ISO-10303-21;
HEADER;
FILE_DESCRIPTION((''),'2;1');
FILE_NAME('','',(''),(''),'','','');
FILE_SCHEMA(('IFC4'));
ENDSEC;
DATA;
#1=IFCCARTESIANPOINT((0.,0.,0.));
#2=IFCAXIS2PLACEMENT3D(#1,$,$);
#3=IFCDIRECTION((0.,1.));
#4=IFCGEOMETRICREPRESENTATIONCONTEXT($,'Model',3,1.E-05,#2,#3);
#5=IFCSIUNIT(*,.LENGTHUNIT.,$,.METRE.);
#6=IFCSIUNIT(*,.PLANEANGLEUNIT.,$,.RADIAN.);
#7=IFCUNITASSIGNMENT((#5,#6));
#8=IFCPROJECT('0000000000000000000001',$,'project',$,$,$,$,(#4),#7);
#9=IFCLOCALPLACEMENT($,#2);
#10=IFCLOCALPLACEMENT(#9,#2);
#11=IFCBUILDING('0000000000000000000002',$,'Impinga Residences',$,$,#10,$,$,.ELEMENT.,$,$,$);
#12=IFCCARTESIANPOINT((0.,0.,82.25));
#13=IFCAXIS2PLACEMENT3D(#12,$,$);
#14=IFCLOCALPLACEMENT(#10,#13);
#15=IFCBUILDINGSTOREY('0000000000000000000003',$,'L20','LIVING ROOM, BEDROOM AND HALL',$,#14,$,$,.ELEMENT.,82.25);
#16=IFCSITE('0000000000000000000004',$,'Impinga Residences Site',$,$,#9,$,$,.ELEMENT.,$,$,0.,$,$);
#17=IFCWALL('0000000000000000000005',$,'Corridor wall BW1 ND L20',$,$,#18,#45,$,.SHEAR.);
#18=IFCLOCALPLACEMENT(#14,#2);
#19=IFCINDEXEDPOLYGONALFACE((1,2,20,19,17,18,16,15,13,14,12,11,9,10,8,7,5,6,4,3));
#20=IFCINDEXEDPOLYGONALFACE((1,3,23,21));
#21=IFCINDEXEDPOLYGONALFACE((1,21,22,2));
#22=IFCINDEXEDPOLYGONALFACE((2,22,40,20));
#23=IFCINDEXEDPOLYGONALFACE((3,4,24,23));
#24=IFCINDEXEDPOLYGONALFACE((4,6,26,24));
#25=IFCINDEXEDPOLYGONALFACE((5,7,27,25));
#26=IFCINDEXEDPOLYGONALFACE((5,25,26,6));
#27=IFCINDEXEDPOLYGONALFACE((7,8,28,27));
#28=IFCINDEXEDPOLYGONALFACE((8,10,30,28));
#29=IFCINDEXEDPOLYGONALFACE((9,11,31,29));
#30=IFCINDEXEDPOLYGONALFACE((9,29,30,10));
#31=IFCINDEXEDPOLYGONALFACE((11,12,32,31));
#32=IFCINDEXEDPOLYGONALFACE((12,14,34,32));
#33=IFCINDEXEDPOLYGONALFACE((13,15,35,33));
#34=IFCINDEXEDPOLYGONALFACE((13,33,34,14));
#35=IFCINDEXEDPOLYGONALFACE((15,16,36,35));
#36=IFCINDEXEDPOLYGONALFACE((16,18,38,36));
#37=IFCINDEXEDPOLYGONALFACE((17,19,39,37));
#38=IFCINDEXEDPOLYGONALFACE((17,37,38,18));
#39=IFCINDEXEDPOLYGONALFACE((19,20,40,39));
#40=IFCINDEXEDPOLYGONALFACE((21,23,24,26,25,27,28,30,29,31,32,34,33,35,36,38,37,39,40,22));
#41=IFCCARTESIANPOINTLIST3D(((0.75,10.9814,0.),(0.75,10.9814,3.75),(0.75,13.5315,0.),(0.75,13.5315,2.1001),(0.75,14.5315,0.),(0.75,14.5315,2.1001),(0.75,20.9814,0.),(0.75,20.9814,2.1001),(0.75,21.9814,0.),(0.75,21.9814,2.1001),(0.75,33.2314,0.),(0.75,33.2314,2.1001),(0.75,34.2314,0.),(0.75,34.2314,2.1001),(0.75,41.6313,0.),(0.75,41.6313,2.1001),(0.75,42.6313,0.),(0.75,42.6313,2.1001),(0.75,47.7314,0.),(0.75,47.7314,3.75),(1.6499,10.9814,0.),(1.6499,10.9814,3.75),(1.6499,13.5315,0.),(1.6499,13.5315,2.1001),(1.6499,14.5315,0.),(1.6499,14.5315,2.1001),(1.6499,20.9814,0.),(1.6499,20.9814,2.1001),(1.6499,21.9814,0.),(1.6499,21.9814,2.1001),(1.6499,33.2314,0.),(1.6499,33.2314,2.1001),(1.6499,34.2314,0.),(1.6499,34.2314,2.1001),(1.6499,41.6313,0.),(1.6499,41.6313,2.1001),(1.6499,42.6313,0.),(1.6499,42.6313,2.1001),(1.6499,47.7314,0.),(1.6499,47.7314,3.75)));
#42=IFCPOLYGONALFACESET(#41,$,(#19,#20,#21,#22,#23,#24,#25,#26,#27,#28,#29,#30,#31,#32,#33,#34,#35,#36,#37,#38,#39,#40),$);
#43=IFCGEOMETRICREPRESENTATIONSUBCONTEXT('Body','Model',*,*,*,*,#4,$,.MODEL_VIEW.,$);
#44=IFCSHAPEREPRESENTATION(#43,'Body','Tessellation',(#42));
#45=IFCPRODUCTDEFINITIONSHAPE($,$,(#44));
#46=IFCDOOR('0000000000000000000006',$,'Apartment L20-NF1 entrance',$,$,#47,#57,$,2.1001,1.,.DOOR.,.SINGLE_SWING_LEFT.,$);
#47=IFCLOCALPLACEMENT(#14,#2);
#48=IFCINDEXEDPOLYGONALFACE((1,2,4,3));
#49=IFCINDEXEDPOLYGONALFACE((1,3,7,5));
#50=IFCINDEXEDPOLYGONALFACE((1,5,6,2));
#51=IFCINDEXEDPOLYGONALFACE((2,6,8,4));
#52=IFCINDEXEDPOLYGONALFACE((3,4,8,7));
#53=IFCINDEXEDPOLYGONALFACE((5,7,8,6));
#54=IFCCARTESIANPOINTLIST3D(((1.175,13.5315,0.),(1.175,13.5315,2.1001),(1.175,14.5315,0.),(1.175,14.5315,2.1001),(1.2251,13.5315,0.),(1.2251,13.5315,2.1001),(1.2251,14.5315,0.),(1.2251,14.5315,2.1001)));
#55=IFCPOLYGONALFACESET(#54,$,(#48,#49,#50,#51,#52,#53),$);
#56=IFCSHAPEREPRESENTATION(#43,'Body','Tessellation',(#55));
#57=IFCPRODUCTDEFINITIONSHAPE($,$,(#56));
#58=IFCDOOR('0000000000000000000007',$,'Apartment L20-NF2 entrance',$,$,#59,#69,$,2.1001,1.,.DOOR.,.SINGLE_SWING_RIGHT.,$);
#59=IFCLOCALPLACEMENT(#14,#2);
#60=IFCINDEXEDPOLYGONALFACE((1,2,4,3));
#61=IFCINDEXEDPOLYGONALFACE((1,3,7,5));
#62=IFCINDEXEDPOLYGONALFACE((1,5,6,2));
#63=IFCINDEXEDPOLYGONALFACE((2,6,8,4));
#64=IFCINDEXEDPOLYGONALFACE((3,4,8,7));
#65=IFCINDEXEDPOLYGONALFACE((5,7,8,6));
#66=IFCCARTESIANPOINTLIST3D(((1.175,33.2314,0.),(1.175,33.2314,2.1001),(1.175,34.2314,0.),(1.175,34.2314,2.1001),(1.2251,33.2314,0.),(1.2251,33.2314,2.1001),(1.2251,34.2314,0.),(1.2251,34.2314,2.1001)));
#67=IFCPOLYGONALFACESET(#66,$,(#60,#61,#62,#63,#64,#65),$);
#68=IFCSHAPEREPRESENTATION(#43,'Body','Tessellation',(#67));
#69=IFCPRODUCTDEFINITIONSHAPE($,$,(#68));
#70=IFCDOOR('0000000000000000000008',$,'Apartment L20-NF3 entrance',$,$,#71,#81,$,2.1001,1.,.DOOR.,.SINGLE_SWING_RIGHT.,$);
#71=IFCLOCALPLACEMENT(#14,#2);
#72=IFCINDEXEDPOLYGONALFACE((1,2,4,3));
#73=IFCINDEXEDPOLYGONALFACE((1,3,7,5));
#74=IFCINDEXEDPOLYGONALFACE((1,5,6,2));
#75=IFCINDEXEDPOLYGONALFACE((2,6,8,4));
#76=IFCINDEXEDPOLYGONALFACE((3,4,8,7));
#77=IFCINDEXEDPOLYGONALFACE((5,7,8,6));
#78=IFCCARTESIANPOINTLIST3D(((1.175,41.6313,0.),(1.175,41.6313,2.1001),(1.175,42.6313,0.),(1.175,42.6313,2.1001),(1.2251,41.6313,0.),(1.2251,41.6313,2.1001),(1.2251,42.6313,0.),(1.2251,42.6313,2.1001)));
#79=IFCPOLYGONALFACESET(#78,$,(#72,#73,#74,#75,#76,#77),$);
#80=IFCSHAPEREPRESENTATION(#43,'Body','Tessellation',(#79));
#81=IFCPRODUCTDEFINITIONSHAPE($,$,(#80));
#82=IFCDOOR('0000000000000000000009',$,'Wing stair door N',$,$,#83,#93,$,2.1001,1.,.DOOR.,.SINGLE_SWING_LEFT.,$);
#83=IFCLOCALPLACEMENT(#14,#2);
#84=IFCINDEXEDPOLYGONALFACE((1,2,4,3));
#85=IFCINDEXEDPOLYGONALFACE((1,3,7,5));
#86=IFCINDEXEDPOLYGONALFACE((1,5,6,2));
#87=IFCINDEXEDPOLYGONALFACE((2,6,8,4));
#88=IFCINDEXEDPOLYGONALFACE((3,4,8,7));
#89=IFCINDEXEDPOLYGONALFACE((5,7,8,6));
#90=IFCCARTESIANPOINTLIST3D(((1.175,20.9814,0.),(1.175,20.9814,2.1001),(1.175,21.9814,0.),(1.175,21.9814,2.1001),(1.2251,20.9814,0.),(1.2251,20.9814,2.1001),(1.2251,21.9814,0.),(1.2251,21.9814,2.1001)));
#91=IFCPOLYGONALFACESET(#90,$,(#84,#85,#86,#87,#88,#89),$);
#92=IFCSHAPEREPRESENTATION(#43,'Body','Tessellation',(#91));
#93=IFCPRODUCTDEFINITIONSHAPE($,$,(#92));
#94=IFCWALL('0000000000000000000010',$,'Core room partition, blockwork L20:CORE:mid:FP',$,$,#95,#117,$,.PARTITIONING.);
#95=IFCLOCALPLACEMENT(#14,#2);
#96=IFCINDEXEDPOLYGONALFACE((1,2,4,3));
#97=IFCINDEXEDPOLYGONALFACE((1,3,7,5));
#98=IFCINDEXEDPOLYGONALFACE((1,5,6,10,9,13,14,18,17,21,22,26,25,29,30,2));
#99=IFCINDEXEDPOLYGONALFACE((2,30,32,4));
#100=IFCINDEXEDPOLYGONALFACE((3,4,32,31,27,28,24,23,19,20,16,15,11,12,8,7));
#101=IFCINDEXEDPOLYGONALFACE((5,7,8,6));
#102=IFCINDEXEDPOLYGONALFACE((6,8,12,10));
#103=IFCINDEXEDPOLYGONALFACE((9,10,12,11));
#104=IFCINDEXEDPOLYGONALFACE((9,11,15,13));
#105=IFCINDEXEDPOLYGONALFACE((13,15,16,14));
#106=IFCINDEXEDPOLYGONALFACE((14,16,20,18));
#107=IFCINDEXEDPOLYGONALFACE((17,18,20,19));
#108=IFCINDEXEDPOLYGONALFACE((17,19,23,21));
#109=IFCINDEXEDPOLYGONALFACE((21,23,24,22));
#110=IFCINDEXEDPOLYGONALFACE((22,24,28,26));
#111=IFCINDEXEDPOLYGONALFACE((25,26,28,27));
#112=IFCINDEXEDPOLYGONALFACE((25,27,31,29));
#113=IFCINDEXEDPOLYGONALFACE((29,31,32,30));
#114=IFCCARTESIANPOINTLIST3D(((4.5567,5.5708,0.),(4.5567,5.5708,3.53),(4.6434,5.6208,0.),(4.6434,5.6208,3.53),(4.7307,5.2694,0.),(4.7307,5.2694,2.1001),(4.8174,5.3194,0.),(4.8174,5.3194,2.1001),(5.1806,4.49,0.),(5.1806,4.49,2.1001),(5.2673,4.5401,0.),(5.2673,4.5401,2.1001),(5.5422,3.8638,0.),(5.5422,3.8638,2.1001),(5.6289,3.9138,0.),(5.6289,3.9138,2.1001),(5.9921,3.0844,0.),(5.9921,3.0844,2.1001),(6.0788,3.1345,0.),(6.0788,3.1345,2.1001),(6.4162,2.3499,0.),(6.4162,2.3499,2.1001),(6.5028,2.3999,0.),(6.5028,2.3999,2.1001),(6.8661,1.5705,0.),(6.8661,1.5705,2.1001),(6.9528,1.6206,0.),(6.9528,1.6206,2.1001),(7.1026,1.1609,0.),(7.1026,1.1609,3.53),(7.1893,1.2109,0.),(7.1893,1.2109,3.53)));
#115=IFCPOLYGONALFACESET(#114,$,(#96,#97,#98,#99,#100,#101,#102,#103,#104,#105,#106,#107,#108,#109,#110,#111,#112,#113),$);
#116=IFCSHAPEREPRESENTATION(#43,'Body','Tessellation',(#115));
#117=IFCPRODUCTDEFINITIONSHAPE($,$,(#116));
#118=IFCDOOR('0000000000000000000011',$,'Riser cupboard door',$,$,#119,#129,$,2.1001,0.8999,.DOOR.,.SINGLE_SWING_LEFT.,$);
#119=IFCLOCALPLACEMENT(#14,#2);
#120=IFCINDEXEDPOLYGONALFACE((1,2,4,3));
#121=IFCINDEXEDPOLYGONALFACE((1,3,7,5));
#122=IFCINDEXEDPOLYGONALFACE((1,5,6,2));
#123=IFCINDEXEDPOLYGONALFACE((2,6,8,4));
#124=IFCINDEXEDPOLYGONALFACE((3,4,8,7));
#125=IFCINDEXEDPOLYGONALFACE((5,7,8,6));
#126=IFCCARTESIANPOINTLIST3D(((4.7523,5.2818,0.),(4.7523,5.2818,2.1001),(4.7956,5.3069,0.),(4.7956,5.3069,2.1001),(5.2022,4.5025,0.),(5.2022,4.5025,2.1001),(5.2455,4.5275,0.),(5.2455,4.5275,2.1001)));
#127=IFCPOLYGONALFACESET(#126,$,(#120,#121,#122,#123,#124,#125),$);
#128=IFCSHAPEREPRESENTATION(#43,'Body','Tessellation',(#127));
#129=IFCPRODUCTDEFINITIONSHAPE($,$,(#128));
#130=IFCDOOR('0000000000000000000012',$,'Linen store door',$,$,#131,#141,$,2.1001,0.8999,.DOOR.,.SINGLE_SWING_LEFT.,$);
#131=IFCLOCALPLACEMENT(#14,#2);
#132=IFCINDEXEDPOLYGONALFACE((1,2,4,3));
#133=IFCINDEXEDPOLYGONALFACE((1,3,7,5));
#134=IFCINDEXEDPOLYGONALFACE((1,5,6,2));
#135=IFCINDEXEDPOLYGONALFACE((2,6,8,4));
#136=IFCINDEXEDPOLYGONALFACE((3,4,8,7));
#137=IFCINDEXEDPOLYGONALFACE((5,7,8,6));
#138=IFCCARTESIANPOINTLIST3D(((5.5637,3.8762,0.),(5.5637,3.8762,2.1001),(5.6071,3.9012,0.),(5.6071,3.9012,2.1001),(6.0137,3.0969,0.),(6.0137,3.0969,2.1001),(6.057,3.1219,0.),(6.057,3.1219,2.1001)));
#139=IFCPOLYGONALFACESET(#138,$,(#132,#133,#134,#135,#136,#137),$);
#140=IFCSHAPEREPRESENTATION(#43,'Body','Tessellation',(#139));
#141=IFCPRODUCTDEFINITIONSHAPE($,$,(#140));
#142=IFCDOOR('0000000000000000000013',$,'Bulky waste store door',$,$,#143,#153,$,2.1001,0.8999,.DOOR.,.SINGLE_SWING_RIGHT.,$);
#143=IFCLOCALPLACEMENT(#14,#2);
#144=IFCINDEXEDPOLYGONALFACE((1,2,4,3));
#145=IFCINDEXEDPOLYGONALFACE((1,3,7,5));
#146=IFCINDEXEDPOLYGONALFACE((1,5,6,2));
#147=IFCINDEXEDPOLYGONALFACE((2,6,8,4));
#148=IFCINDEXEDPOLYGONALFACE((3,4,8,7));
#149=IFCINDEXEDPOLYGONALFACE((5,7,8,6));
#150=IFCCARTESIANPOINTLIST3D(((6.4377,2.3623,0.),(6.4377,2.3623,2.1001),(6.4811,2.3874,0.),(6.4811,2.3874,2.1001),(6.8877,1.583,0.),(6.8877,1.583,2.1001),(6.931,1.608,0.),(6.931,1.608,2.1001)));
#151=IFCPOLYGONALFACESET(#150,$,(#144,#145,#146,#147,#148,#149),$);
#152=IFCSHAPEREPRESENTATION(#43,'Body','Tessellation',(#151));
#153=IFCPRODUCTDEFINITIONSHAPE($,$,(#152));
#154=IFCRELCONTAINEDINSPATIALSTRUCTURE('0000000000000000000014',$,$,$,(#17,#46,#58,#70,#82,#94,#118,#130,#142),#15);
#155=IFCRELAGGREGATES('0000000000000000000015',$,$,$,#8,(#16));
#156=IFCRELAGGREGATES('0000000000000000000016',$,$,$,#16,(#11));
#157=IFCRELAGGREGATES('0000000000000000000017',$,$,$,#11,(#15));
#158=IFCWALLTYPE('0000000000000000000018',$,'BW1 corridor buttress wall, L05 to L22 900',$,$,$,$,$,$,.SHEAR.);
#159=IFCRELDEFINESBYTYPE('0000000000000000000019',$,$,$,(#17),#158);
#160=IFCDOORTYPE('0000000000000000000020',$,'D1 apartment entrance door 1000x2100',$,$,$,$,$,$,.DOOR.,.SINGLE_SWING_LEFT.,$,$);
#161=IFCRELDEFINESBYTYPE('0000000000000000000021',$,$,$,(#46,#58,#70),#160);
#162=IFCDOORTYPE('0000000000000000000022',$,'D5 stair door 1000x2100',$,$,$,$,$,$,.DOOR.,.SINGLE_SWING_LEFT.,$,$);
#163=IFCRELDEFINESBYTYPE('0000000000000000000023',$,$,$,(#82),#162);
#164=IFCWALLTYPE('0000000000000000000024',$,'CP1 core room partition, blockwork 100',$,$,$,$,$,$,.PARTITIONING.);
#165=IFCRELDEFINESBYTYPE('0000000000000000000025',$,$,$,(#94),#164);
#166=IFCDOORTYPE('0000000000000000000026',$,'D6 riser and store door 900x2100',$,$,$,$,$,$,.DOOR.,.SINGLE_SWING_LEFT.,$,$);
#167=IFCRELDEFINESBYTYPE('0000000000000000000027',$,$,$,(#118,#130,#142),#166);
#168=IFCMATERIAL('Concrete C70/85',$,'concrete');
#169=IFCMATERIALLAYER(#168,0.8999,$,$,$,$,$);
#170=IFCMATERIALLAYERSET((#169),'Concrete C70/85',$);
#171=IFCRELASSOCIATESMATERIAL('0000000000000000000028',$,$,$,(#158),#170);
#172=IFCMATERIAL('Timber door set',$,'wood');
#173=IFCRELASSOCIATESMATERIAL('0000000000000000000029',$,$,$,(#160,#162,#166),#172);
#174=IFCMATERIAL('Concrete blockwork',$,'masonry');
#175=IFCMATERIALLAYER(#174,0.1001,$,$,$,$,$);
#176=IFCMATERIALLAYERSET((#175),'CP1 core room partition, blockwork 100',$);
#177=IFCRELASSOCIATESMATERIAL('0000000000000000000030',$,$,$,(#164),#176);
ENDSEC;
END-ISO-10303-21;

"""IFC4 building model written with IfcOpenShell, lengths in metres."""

from ifc_helpers import new_model, si_unit, direction, frame, frame_2d, origin, place, context, subcontext, project, spatial, rectangle, extrude, material, layer, layer_set, type_object, element, fill, save


model = new_model("IFC4")

# Units and contexts
model_context = context("Model", 3, precision=1e-05, world=origin(), true_north=direction((0.0, 1.0)))
body_context = subcontext(model_context, "Body", "Model", "MODEL_VIEW")
ifc_project = project(units=[si_unit("LENGTHUNIT", "METRE"), si_unit("PLANEANGLEUNIT", "RADIAN")], contexts=[model_context])

# Site, building, storey
site_placement = place(None, origin())
site = spatial("IfcSite", under=ifc_project, at=site_placement, Name="Impinga Residences Site", CompositionType="ELEMENT", RefElevation=0.0)
building_placement = place(site_placement, origin())
building = spatial("IfcBuilding", under=site, at=building_placement, Name="Impinga Residences", CompositionType="ELEMENT")
storey_placement = place(building_placement, frame((0.0, 0.0, 82.25)))
storey = spatial("IfcBuildingStorey", under=building, at=storey_placement, Name="L20", Description="LIVING ROOM, BEDROOM AND HALL", CompositionType="ELEMENT", Elevation=82.25)

# Walls, openings, doors
ifc_material_1 = material(Name="Concrete C70/85", Category="concrete")
ifc_layer_1 = layer(ifc_material_1, 0.8999)
ifc_layer_set_1 = layer_set([ifc_layer_1], Name="Concrete C70/85")
wall_type_1 = type_object("IfcWallType", Name="BW1 corridor buttress wall, L05 to L22 900", PredefinedType="SHEAR", material=ifc_layer_set_1)
wall_1_placement = place(storey_placement, frame((1.2, 10.9814, 0.0), z_axis=(0.0, 0.0, 1.0), x_axis=(0.0, 1.0, 0.0)))
wall_1 = element("IfcWall", 1, at=wall_1_placement, inside=storey, type_object=wall_type_1, Name="Corridor wall BW1 ND L20", PredefinedType="SHEAR", context=body_context, shape_type="SweptSolid", body=[
    extrude(rectangle(XDim=36.75, YDim=0.8999, at=frame_2d((18.375, 0.0))), origin(), (0.0, 0.0, 1.0), 3.75),
])
opening_1_placement = place(wall_1_placement, frame((10.0, 0.0, 0.0)))
opening_1 = element("IfcOpeningElement", 2, at=opening_1_placement, cuts=wall_1, PredefinedType="OPENING", context=body_context, shape_type="SweptSolid", body=[
    extrude(rectangle(XDim=1.0, YDim=2.1001, at=frame_2d((0.5, 1.05))), frame((0.0, 0.46, 0.0), z_axis=(0.0, -1.0, 0.0), x_axis=(1.0, 0.0, 0.0)), (0.0, 0.0, 1.0), 0.9199),
])
opening_2_placement = place(wall_1_placement, frame((2.55, 0.0, 0.0)))
opening_2 = element("IfcOpeningElement", 3, at=opening_2_placement, cuts=wall_1, PredefinedType="OPENING", context=body_context, shape_type="SweptSolid", body=[
    extrude(rectangle(XDim=1.0, YDim=2.1001, at=frame_2d((0.5, 1.05))), frame((0.0, 0.46, 0.0), z_axis=(0.0, -1.0, 0.0), x_axis=(1.0, 0.0, 0.0)), (0.0, 0.0, 1.0), 0.9199),
])
opening_3_placement = place(wall_1_placement, frame((22.25, 0.0, 0.0)))
opening_3 = element("IfcOpeningElement", 4, at=opening_3_placement, cuts=wall_1, PredefinedType="OPENING", context=body_context, shape_type="SweptSolid", body=[
    extrude(rectangle(XDim=1.0, YDim=2.1001, at=frame_2d((0.5, 1.05))), frame((0.0, 0.46, 0.0), z_axis=(0.0, -1.0, 0.0), x_axis=(1.0, 0.0, 0.0)), (0.0, 0.0, 1.0), 0.9199),
])
opening_4_placement = place(wall_1_placement, frame((30.6499, 0.0, 0.0)))
opening_4 = element("IfcOpeningElement", 5, at=opening_4_placement, cuts=wall_1, PredefinedType="OPENING", context=body_context, shape_type="SweptSolid", body=[
    extrude(rectangle(XDim=1.0, YDim=2.1001, at=frame_2d((0.5, 1.05))), frame((0.0, 0.46, 0.0), z_axis=(0.0, -1.0, 0.0), x_axis=(1.0, 0.0, 0.0)), (0.0, 0.0, 1.0), 0.9199),
])
ifc_material_2 = material(Name="Timber door set", Category="wood")
door_type_1 = type_object("IfcDoorType", Name="D1 apartment entrance door 1000x2100", OperationType="SINGLE_SWING_LEFT", PredefinedType="DOOR", material=ifc_material_2)
door_1_placement = place(opening_2_placement, origin())
door_1 = element("IfcDoor", 6, at=door_1_placement, inside=storey, type_object=door_type_1, Name="Apartment L20-NF1 entrance", OperationType="SINGLE_SWING_LEFT", OverallHeight=2.1001, OverallWidth=1.0, PredefinedType="DOOR", context=body_context, shape_type="SweptSolid", body=[
    extrude(rectangle(XDim=1.0, YDim=2.1001, at=frame_2d((0.5, 1.05))), frame((0.0, 0.0249, 0.0), z_axis=(0.0, -1.0, 0.0), x_axis=(1.0, 0.0, 0.0)), (0.0, 0.0, 1.0), 0.05),
])
fill(opening_2, door_1)
door_2_placement = place(opening_3_placement, origin())
door_2 = element("IfcDoor", 7, at=door_2_placement, inside=storey, type_object=door_type_1, Name="Apartment L20-NF2 entrance", OperationType="SINGLE_SWING_RIGHT", OverallHeight=2.1001, OverallWidth=1.0, PredefinedType="DOOR", context=body_context, shape_type="SweptSolid", body=[
    extrude(rectangle(XDim=1.0, YDim=2.1001, at=frame_2d((0.5, 1.05))), frame((0.0, 0.0249, 0.0), z_axis=(0.0, -1.0, 0.0), x_axis=(1.0, 0.0, 0.0)), (0.0, 0.0, 1.0), 0.05),
])
fill(opening_3, door_2)
door_3_placement = place(opening_4_placement, origin())
door_3 = element("IfcDoor", 8, at=door_3_placement, inside=storey, type_object=door_type_1, Name="Apartment L20-NF3 entrance", OperationType="SINGLE_SWING_RIGHT", OverallHeight=2.1001, OverallWidth=1.0, PredefinedType="DOOR", context=body_context, shape_type="SweptSolid", body=[
    extrude(rectangle(XDim=1.0, YDim=2.1001, at=frame_2d((0.5, 1.05))), frame((0.0, 0.0249, 0.0), z_axis=(0.0, -1.0, 0.0), x_axis=(1.0, 0.0, 0.0)), (0.0, 0.0, 1.0), 0.05),
])
fill(opening_4, door_3)
door_type_2 = type_object("IfcDoorType", Name="D5 stair door 1000x2100", OperationType="SINGLE_SWING_LEFT", PredefinedType="DOOR", material=ifc_material_2)
door_4_placement = place(opening_1_placement, origin())
door_4 = element("IfcDoor", 9, at=door_4_placement, inside=storey, type_object=door_type_2, Name="Wing stair door N", OperationType="SINGLE_SWING_LEFT", OverallHeight=2.1001, OverallWidth=1.0, PredefinedType="DOOR", context=body_context, shape_type="SweptSolid", body=[
    extrude(rectangle(XDim=1.0, YDim=2.1001, at=frame_2d((0.5, 1.05))), frame((0.0, 0.0249, 0.0), z_axis=(0.0, -1.0, 0.0), x_axis=(1.0, 0.0, 0.0)), (0.0, 0.0, 1.0), 0.05),
])
fill(opening_1, door_4)
ifc_material_3 = material(Name="Concrete blockwork", Category="masonry")
ifc_layer_2 = layer(ifc_material_3, 0.1001)
ifc_layer_set_2 = layer_set([ifc_layer_2], Name="CP1 core room partition, blockwork 100")
wall_type_2 = type_object("IfcWallType", Name="CP1 core room partition, blockwork 100", PredefinedType="PARTITIONING", material=ifc_layer_set_2)
wall_2_placement = place(storey_placement, frame((4.6001, 5.5957, 0.0), z_axis=(0.0, 0.0, 1.0), x_axis=(0.499976, -0.866039, 0.0)))
wall_2 = element("IfcWall", 10, at=wall_2_placement, inside=storey, type_object=wall_type_2, Name="Core room partition, blockwork L20:CORE:mid:FP", PredefinedType="PARTITIONING", context=body_context, shape_type="SweptSolid", body=[
    extrude(rectangle(XDim=5.092, YDim=0.1001, at=frame_2d((2.5459, 0.0))), origin(), (0.0, 0.0, 1.0), 3.53),
])
opening_5_placement = place(wall_2_placement, frame((0.3479, 0.0, 0.0)))
opening_5 = element("IfcOpeningElement", 11, at=opening_5_placement, cuts=wall_2, PredefinedType="OPENING", context=body_context, shape_type="SweptSolid", body=[
    extrude(rectangle(XDim=0.8999, YDim=2.1001, at=frame_2d((0.45, 1.05))), frame((0.0, 0.0601, 0.0), z_axis=(0.0, -1.0, 0.0), x_axis=(1.0, 0.0, 0.0)), (0.0, 0.0, 1.0), 0.1201),
])
opening_6_placement = place(wall_2_placement, frame((1.9709, 0.0, 0.0)))
opening_6 = element("IfcOpeningElement", 12, at=opening_6_placement, cuts=wall_2, PredefinedType="OPENING", context=body_context, shape_type="SweptSolid", body=[
    extrude(rectangle(XDim=0.8999, YDim=2.1001, at=frame_2d((0.45, 1.05))), frame((0.0, 0.0601, 0.0), z_axis=(0.0, -1.0, 0.0), x_axis=(1.0, 0.0, 0.0)), (0.0, 0.0, 1.0), 0.1201),
])
opening_7_placement = place(wall_2_placement, frame((3.719, 0.0, 0.0)))
opening_7 = element("IfcOpeningElement", 13, at=opening_7_placement, cuts=wall_2, PredefinedType="OPENING", context=body_context, shape_type="SweptSolid", body=[
    extrude(rectangle(XDim=0.8999, YDim=2.1001, at=frame_2d((0.45, 1.05))), frame((0.0, 0.0601, 0.0), z_axis=(0.0, -1.0, 0.0), x_axis=(1.0, 0.0, 0.0)), (0.0, 0.0, 1.0), 0.1201),
])
door_type_3 = type_object("IfcDoorType", Name="D6 riser and store door 900x2100", OperationType="SINGLE_SWING_LEFT", PredefinedType="DOOR", material=ifc_material_2)
door_5_placement = place(opening_5_placement, origin())
door_5 = element("IfcDoor", 14, at=door_5_placement, inside=storey, type_object=door_type_3, Name="Riser cupboard door", OperationType="SINGLE_SWING_LEFT", OverallHeight=2.1001, OverallWidth=0.8999, PredefinedType="DOOR", context=body_context, shape_type="SweptSolid", body=[
    extrude(rectangle(XDim=0.8999, YDim=2.1001, at=frame_2d((0.45, 1.05))), frame((0.0, 0.0249, 0.0), z_axis=(0.0, -1.0, 0.0), x_axis=(1.0, 0.0, 0.0)), (0.0, 0.0, 1.0), 0.05),
])
fill(opening_5, door_5)
door_6_placement = place(opening_6_placement, origin())
door_6 = element("IfcDoor", 15, at=door_6_placement, inside=storey, type_object=door_type_3, Name="Linen store door", OperationType="SINGLE_SWING_LEFT", OverallHeight=2.1001, OverallWidth=0.8999, PredefinedType="DOOR", context=body_context, shape_type="SweptSolid", body=[
    extrude(rectangle(XDim=0.8999, YDim=2.1001, at=frame_2d((0.45, 1.05))), frame((0.0, 0.0249, 0.0), z_axis=(0.0, -1.0, 0.0), x_axis=(1.0, 0.0, 0.0)), (0.0, 0.0, 1.0), 0.05),
])
fill(opening_6, door_6)
door_7_placement = place(opening_7_placement, origin())
door_7 = element("IfcDoor", 16, at=door_7_placement, inside=storey, type_object=door_type_3, Name="Bulky waste store door", OperationType="SINGLE_SWING_RIGHT", OverallHeight=2.1001, OverallWidth=0.8999, PredefinedType="DOOR", context=body_context, shape_type="SweptSolid", body=[
    extrude(rectangle(XDim=0.8999, YDim=2.1001, at=frame_2d((0.45, 1.05))), frame((0.0, 0.0249, 0.0), z_axis=(0.0, -1.0, 0.0), x_axis=(1.0, 0.0, 0.0)), (0.0, 0.0, 1.0), 0.05),
])
fill(opening_7, door_7)

save(model, "model.ifc")
